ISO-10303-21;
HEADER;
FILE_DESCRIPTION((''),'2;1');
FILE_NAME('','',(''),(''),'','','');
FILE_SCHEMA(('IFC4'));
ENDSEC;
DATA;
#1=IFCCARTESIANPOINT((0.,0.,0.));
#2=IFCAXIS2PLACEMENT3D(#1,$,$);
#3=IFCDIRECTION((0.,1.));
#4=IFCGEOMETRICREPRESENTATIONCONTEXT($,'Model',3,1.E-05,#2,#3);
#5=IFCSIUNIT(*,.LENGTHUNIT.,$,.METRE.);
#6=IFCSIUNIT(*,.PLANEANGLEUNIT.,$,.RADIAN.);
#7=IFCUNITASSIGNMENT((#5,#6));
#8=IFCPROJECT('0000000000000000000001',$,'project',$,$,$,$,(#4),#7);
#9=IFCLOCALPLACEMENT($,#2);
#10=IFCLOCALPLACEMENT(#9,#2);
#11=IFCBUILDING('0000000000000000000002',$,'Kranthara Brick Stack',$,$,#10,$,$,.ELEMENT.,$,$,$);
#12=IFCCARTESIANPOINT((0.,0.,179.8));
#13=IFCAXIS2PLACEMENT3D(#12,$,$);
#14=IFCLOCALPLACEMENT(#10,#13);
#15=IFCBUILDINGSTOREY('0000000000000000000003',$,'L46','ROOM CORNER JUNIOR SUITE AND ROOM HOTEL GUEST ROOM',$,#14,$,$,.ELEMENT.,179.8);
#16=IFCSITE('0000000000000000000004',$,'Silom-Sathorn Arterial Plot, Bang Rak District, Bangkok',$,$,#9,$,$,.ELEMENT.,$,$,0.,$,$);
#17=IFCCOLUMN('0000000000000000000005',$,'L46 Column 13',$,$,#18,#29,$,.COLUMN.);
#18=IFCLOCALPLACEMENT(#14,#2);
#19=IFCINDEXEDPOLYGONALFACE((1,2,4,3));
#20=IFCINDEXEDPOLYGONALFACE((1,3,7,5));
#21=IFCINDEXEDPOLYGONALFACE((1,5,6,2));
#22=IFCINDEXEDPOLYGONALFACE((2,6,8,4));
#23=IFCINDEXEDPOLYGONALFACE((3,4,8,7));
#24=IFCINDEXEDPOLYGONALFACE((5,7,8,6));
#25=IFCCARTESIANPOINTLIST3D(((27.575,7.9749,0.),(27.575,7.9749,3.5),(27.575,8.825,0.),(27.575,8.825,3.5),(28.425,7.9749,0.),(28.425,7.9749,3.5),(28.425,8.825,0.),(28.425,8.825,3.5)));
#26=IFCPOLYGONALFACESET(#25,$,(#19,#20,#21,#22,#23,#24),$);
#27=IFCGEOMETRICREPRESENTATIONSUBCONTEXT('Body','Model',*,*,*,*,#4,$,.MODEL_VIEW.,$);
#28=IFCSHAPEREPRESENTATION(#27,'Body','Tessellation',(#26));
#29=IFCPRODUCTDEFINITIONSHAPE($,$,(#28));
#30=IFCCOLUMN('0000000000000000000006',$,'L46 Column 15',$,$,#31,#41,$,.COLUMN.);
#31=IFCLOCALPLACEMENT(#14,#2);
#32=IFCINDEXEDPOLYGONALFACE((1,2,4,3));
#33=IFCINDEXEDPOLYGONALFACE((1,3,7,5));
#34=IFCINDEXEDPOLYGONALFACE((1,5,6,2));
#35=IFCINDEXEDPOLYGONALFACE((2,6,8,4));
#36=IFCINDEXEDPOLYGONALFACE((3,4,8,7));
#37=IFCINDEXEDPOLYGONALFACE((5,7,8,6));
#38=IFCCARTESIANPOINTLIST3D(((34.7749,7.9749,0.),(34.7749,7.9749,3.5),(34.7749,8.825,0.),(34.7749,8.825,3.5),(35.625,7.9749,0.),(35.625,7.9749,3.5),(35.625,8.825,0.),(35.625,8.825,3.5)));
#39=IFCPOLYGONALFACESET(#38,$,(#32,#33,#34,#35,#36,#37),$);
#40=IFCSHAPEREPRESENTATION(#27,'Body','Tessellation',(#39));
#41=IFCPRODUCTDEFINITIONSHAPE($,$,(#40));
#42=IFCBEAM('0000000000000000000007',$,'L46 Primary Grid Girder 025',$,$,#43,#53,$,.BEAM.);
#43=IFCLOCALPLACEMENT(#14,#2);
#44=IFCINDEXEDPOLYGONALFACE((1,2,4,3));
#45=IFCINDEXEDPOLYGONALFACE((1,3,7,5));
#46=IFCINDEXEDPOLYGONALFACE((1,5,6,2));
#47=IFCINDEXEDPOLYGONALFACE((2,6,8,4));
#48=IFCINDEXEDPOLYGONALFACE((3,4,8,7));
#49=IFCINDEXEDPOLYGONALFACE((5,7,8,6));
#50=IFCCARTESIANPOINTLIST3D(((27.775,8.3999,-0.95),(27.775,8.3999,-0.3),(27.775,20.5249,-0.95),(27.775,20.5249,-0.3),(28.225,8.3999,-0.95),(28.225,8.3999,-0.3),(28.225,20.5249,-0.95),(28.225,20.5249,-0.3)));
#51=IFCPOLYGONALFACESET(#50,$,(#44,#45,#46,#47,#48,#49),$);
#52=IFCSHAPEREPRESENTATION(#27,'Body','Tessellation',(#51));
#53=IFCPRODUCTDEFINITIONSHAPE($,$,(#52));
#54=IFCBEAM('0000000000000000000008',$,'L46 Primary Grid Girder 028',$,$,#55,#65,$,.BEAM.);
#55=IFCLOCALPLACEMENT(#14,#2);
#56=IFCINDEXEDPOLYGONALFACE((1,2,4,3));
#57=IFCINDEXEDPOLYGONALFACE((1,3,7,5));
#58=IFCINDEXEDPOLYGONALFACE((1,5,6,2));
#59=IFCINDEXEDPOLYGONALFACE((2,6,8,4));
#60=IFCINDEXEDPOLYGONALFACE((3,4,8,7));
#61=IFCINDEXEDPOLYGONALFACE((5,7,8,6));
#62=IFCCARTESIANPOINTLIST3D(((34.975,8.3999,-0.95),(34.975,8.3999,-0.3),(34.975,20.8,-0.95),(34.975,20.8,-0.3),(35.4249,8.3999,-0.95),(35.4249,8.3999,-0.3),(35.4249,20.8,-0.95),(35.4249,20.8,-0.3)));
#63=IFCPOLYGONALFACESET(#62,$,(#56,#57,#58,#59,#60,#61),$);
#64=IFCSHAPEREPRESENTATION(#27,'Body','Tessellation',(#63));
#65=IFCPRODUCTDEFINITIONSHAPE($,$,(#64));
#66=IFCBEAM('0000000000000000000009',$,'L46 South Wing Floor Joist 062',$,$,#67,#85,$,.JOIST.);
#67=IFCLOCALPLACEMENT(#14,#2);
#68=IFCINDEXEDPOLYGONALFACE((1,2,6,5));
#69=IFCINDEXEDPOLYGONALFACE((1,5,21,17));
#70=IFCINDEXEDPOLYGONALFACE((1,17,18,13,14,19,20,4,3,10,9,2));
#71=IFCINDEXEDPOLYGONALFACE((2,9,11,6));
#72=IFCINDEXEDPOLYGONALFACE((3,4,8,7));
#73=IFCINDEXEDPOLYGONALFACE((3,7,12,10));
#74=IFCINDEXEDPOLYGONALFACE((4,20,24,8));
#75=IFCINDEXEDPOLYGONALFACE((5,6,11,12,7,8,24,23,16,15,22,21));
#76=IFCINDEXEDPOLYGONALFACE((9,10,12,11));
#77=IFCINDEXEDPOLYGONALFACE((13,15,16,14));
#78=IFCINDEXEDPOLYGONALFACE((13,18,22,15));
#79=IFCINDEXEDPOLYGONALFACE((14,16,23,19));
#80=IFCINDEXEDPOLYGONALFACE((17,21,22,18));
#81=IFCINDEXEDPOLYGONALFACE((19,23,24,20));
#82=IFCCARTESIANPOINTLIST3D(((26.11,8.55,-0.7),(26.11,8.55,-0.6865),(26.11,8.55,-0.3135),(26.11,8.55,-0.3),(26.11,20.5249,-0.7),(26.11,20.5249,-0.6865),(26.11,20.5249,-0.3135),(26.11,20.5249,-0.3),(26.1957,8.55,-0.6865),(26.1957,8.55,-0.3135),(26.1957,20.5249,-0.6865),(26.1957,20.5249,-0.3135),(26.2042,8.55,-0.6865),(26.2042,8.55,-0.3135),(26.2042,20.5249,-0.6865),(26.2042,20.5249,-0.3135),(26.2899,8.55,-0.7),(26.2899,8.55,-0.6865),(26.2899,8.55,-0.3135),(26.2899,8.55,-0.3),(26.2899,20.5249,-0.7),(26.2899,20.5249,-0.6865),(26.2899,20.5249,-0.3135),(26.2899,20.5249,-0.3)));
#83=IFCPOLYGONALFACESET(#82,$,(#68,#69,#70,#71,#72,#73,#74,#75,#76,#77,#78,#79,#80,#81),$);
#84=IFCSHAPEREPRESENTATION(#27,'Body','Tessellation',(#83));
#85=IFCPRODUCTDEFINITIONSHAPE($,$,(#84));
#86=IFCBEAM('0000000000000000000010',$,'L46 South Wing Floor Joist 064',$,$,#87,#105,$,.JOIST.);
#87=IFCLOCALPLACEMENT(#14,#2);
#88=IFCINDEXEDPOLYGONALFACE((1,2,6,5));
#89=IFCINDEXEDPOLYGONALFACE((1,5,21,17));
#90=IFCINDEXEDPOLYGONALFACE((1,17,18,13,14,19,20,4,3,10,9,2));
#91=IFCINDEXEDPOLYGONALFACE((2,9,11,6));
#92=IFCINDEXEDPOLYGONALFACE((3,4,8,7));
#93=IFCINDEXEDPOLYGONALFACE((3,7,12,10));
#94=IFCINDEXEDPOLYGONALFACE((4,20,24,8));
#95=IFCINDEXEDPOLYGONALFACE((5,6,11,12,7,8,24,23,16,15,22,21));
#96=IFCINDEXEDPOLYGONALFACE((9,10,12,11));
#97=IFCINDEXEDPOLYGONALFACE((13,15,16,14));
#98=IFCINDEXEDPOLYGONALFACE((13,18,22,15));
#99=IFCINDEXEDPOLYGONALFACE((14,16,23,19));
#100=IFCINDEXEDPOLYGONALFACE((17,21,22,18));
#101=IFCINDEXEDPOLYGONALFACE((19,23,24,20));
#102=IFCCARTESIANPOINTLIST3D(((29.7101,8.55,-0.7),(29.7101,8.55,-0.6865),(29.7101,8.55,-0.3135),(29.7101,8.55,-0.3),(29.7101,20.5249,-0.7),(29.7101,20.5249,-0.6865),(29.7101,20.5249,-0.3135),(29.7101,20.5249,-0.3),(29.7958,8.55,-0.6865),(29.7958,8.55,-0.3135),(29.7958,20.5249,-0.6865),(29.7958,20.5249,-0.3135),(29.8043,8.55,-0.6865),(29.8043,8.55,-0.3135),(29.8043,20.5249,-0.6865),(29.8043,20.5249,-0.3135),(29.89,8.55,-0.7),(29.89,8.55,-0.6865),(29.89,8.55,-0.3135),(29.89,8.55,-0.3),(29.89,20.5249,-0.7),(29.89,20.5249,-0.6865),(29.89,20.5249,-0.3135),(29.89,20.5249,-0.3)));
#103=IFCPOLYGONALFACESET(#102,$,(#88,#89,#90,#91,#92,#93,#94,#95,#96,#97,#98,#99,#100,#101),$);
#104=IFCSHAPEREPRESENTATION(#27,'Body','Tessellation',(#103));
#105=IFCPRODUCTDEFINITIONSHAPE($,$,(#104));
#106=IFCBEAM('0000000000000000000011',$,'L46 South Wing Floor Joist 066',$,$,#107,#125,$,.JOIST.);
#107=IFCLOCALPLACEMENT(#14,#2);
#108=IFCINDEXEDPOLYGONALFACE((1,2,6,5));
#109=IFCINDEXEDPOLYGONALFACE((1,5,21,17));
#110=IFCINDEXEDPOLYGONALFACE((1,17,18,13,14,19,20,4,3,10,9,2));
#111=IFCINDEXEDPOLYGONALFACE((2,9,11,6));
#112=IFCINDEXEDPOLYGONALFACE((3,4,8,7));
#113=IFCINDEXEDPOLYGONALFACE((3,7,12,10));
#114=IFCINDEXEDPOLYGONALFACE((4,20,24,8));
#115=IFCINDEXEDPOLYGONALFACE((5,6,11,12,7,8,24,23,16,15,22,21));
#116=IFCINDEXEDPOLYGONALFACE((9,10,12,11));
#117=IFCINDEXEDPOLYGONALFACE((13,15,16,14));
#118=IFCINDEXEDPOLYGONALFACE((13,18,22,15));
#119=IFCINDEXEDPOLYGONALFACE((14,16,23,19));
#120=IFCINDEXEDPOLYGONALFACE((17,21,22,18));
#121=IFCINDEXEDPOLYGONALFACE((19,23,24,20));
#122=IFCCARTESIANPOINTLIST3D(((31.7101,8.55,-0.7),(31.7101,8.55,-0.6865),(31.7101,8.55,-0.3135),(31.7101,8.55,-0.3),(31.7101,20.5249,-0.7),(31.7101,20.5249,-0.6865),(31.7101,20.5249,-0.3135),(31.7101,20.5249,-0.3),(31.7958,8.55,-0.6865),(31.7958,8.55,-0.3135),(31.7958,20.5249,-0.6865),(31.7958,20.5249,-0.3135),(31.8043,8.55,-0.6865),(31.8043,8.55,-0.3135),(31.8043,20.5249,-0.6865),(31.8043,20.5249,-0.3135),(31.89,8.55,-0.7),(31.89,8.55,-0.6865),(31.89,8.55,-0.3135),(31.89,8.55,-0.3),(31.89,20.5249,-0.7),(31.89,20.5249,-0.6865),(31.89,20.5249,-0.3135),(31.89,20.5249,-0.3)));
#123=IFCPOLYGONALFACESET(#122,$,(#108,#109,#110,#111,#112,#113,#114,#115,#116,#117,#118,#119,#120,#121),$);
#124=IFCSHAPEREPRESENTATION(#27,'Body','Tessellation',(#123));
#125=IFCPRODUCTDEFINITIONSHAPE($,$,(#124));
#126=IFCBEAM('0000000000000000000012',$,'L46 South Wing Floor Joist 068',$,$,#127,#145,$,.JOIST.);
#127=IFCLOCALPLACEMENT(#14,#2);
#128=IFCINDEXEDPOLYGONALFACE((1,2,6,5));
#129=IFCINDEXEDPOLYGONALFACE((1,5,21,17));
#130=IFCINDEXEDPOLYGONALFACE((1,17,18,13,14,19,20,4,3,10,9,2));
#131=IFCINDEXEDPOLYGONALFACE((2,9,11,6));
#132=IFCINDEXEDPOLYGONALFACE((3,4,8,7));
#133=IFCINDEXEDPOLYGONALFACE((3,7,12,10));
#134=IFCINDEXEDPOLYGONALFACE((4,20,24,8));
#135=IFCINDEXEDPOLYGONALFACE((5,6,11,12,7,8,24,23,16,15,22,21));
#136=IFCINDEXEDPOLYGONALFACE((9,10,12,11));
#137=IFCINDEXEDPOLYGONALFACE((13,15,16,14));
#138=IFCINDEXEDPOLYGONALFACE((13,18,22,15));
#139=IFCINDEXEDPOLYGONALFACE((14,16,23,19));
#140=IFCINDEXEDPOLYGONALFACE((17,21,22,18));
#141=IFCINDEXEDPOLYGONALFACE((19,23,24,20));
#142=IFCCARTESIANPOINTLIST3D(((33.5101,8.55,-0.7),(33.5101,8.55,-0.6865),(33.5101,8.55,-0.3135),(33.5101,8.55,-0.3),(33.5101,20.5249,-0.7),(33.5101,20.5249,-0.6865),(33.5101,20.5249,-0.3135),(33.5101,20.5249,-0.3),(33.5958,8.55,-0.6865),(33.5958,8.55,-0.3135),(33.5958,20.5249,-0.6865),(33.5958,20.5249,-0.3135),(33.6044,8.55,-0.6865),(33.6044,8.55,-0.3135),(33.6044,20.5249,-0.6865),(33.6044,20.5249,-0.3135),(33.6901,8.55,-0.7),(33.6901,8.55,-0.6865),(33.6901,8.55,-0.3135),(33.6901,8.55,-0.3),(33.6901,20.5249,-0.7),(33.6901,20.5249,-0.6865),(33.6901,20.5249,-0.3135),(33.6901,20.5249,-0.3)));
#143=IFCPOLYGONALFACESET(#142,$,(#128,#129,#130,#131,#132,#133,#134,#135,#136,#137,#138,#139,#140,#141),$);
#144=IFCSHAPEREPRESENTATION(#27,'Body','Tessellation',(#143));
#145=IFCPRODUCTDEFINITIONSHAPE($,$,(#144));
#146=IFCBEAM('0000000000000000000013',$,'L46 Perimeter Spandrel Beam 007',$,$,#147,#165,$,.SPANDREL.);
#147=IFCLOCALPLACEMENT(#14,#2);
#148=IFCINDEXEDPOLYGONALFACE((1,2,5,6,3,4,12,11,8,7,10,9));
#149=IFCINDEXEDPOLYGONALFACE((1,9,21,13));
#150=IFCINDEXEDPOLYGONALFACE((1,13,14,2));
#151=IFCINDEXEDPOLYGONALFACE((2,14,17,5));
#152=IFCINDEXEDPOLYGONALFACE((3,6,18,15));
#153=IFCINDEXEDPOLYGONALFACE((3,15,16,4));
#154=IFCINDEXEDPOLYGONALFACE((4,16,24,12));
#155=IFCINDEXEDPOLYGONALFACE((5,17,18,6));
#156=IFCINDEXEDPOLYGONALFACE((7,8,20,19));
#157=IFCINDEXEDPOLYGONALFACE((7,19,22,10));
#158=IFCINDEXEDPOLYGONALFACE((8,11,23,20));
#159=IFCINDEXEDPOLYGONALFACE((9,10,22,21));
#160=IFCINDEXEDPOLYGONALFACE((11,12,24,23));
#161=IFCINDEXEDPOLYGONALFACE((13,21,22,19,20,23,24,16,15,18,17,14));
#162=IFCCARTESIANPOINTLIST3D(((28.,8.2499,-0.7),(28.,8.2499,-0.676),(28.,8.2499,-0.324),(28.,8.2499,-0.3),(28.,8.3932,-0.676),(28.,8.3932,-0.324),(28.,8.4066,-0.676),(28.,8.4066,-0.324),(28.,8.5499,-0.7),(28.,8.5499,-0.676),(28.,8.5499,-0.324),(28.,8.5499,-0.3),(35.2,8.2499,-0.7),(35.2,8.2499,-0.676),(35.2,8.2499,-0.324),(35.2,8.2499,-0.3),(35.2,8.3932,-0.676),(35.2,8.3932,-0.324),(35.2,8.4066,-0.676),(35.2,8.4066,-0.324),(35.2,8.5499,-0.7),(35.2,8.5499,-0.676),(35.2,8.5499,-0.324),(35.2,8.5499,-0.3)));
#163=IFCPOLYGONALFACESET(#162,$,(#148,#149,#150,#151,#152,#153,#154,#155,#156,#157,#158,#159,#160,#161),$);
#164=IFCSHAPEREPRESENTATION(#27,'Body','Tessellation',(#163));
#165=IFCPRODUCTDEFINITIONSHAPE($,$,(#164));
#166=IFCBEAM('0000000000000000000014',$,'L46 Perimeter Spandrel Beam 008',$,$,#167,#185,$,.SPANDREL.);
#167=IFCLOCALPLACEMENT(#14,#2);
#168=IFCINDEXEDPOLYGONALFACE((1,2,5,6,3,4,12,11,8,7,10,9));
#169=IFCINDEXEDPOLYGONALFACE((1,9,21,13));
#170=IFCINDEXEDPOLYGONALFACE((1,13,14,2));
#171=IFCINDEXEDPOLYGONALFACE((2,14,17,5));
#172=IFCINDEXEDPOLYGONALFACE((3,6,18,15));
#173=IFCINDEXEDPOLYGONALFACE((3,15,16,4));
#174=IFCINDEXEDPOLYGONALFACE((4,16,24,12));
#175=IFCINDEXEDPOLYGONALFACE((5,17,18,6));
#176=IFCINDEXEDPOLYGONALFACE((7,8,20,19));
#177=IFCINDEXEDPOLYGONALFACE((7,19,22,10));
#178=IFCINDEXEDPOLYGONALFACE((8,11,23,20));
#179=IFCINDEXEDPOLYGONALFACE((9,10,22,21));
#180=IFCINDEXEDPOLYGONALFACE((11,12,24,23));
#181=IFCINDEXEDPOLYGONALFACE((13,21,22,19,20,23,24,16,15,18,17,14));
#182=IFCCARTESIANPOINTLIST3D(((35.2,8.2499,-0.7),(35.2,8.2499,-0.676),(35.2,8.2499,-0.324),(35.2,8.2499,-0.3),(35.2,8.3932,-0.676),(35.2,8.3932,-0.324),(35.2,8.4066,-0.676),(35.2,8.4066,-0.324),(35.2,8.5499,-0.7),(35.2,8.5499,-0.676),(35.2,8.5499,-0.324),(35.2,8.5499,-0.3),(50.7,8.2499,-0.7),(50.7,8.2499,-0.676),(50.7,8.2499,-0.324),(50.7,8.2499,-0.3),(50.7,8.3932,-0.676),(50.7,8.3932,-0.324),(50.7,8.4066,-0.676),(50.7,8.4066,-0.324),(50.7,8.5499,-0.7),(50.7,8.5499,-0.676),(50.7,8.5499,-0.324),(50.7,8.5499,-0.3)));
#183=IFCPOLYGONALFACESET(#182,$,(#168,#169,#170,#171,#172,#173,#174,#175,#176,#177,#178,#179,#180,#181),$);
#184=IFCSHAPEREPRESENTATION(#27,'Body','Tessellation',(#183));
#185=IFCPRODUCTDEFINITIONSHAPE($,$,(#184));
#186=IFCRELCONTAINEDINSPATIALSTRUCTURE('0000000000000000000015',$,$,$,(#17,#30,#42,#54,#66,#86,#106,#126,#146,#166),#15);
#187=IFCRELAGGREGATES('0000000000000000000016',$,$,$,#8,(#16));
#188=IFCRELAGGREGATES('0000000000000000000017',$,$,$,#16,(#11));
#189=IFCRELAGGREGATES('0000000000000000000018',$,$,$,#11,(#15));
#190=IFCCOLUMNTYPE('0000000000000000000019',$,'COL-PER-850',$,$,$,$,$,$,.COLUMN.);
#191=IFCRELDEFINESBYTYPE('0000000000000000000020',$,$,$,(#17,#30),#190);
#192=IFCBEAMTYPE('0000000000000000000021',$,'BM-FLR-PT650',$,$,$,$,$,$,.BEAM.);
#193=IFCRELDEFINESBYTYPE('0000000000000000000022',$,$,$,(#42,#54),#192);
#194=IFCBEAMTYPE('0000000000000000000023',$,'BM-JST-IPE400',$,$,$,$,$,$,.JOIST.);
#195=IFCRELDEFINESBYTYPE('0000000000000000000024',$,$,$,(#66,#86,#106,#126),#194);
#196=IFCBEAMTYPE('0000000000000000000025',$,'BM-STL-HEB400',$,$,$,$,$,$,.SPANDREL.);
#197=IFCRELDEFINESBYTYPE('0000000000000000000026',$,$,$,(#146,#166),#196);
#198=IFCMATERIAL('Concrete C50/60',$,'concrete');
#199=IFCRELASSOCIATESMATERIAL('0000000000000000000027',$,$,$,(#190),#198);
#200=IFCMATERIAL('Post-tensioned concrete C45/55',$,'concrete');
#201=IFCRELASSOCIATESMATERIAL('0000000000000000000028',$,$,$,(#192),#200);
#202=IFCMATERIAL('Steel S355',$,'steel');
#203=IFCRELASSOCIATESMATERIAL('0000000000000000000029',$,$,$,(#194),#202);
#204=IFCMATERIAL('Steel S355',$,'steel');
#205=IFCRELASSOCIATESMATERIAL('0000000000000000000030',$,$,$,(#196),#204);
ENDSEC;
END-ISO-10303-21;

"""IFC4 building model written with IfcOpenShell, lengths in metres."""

from ifc_helpers import new_model, si_unit, direction, frame, origin, origin_2d, place, context, subcontext, project, spatial, rectangle, i_section, extrude, material, material_profile, profile_set, type_object, element, save


model = new_model("IFC4")

# Units and contexts
model_context = context("Model", 3, precision=1e-05, world=origin(), true_north=direction((0.0, 1.0)))
body_context = subcontext(model_context, "Body", "Model", "MODEL_VIEW")
ifc_project = project(units=[si_unit("LENGTHUNIT", "METRE"), si_unit("PLANEANGLEUNIT", "RADIAN")], contexts=[model_context])

# Site, building, storey
site_placement = place(None, origin())
site = spatial("IfcSite", under=ifc_project, at=site_placement, Name="Silom-Sathorn Arterial Plot, Bang Rak District, Bangkok", CompositionType="ELEMENT", RefElevation=0.0)
building_placement = place(site_placement, origin())
building = spatial("IfcBuilding", under=site, at=building_placement, Name="Kranthara Brick Stack", CompositionType="ELEMENT")
storey_placement = place(building_placement, frame((0.0, 0.0, 179.8)))
storey = spatial("IfcBuildingStorey", under=building, at=storey_placement, Name="L46", Description="ROOM CORNER JUNIOR SUITE AND ROOM HOTEL GUEST ROOM", CompositionType="ELEMENT", Elevation=179.8)

# Columns
ifc_material_1 = material(Name="Concrete C50/60", Category="concrete")
ifc_material_profile_1 = material_profile(ifc_material_1, rectangle(XDim=0.8501, YDim=0.8501, at=origin_2d()), Name="RC 850x850")
ifc_profile_set_1 = profile_set([ifc_material_profile_1], Name="Concrete C50/60")
column_type = type_object("IfcColumnType", Name="COL-PER-850", PredefinedType="COLUMN", material=ifc_profile_set_1)
for number, where, z_axis, x_axis, name in (
    (1, (28.0, 8.3999, 0.0), (0.0, 0.0, 1.0), (1.0, 0.0, 0.0), "L46 Column 13"),
    (2, (35.2, 8.3999, 0.0), (0.0, 0.0, 1.0), (1.0, 0.0, 0.0), "L46 Column 15"),
):
    element("IfcColumn", number, at=place(storey_placement, frame(where, z_axis=z_axis, x_axis=x_axis)), inside=storey, type_object=column_type, Name=name, PredefinedType="COLUMN", context=body_context, shape_type="SweptSolid", body=[
        extrude(rectangle(XDim=0.8501, YDim=0.8501, at=origin_2d()), origin(), (0.0, 0.0, 1.0), 3.5),
    ])

# Beams
ifc_material_2 = material(Name="Post-tensioned concrete C45/55", Category="concrete")
ifc_material_profile_2 = material_profile(ifc_material_2, rectangle(XDim=0.45, YDim=0.6499, at=origin_2d()), Name="PT 450x650")
ifc_profile_set_2 = profile_set([ifc_material_profile_2], Name="Post-tensioned concrete C45/55")
beam_type_1 = type_object("IfcBeamType", Name="BM-FLR-PT650", PredefinedType="BEAM", material=ifc_profile_set_2)
beam_1_placement = place(storey_placement, frame((28.0, 8.3999, -0.625), z_axis=(0.0, 1.0, 0.0), x_axis=(-1.0, 0.0, 0.0)))
element("IfcBeam", 3, at=beam_1_placement, inside=storey, type_object=beam_type_1, Name="L46 Primary Grid Girder 025", PredefinedType="BEAM", context=body_context, shape_type="SweptSolid", body=[
    extrude(rectangle(XDim=0.45, YDim=0.6499, at=origin_2d()), origin(), (0.0, 0.0, 1.0), 12.125),
])
beam_2_placement = place(storey_placement, frame((35.2, 8.3999, -0.625), z_axis=(0.0, 1.0, 0.0), x_axis=(-1.0, 0.0, 0.0)))
element("IfcBeam", 4, at=beam_2_placement, inside=storey, type_object=beam_type_1, Name="L46 Primary Grid Girder 028", PredefinedType="BEAM", context=body_context, shape_type="SweptSolid", body=[
    extrude(rectangle(XDim=0.45, YDim=0.6499, at=origin_2d()), origin(), (0.0, 0.0, 1.0), 12.4001),
])
ifc_material_3 = material(Name="Steel S355", Category="steel")
ifc_material_profile_3 = material_profile(ifc_material_3, i_section(OverallWidth=0.1799, OverallDepth=0.3999, WebThickness=0.0085, FlangeThickness=0.0134, at=origin_2d()), Name="IPE 400")
ifc_profile_set_3 = profile_set([ifc_material_profile_3], Name="Steel S355")
beam_type_2 = type_object("IfcBeamType", Name="BM-JST-IPE400", PredefinedType="JOIST", material=ifc_profile_set_3)
for number, where, z_axis, x_axis, name in (
    (5, (26.2, 8.55, -0.5), (0.0, 1.0, 0.0), (-1.0, 0.0, 0.0), "L46 South Wing Floor Joist 062"),
    (6, (29.8, 8.55, -0.5), (0.0, 1.0, 0.0), (-1.0, 0.0, 0.0), "L46 South Wing Floor Joist 064"),
    (7, (31.8, 8.55, -0.5), (0.0, 1.0, 0.0), (-1.0, 0.0, 0.0), "L46 South Wing Floor Joist 066"),
    (8, (33.6001, 8.55, -0.5), (0.0, 1.0, 0.0), (-1.0, 0.0, 0.0), "L46 South Wing Floor Joist 068"),
):
    element("IfcBeam", number, at=place(storey_placement, frame(where, z_axis=z_axis, x_axis=x_axis)), inside=storey, type_object=beam_type_2, Name=name, PredefinedType="JOIST", context=body_context, shape_type="SweptSolid", body=[
        extrude(i_section(OverallWidth=0.1799, OverallDepth=0.3999, WebThickness=0.0085, FlangeThickness=0.0134, at=origin_2d()), origin(), (0.0, 0.0, 1.0), 11.9749),
    ])
ifc_material_4 = material(Name="Steel S355", Category="steel")
ifc_material_profile_4 = material_profile(ifc_material_4, i_section(OverallWidth=0.3, OverallDepth=0.3999, WebThickness=0.0134, FlangeThickness=0.0239, at=origin_2d()), Name="HEB 400")
ifc_profile_set_4 = profile_set([ifc_material_profile_4], Name="Steel S355")
beam_type_3 = type_object("IfcBeamType", Name="BM-STL-HEB400", PredefinedType="SPANDREL", material=ifc_profile_set_4)
beam_3_placement = place(storey_placement, frame((28.0, 8.3999, -0.5), z_axis=(1.0, 0.0, 0.0), x_axis=(0.0, 1.0, 0.0)))
element("IfcBeam", 9, at=beam_3_placement, inside=storey, type_object=beam_type_3, Name="L46 Perimeter Spandrel Beam 007", PredefinedType="SPANDREL", context=body_context, shape_type="SweptSolid", body=[
    extrude(i_section(OverallWidth=0.3, OverallDepth=0.3999, WebThickness=0.0134, FlangeThickness=0.0239, at=origin_2d()), origin(), (0.0, 0.0, 1.0), 7.2),
])
beam_4_placement = place(storey_placement, frame((35.2, 8.3999, -0.5), z_axis=(1.0, 0.0, 0.0), x_axis=(0.0, 1.0, 0.0)))
element("IfcBeam", 10, at=beam_4_placement, inside=storey, type_object=beam_type_3, Name="L46 Perimeter Spandrel Beam 008", PredefinedType="SPANDREL", context=body_context, shape_type="SweptSolid", body=[
    extrude(i_section(OverallWidth=0.3, OverallDepth=0.3999, WebThickness=0.0134, FlangeThickness=0.0239, at=origin_2d()), origin(), (0.0, 0.0, 1.0), 15.5),
])

save(model, "model.ifc")
